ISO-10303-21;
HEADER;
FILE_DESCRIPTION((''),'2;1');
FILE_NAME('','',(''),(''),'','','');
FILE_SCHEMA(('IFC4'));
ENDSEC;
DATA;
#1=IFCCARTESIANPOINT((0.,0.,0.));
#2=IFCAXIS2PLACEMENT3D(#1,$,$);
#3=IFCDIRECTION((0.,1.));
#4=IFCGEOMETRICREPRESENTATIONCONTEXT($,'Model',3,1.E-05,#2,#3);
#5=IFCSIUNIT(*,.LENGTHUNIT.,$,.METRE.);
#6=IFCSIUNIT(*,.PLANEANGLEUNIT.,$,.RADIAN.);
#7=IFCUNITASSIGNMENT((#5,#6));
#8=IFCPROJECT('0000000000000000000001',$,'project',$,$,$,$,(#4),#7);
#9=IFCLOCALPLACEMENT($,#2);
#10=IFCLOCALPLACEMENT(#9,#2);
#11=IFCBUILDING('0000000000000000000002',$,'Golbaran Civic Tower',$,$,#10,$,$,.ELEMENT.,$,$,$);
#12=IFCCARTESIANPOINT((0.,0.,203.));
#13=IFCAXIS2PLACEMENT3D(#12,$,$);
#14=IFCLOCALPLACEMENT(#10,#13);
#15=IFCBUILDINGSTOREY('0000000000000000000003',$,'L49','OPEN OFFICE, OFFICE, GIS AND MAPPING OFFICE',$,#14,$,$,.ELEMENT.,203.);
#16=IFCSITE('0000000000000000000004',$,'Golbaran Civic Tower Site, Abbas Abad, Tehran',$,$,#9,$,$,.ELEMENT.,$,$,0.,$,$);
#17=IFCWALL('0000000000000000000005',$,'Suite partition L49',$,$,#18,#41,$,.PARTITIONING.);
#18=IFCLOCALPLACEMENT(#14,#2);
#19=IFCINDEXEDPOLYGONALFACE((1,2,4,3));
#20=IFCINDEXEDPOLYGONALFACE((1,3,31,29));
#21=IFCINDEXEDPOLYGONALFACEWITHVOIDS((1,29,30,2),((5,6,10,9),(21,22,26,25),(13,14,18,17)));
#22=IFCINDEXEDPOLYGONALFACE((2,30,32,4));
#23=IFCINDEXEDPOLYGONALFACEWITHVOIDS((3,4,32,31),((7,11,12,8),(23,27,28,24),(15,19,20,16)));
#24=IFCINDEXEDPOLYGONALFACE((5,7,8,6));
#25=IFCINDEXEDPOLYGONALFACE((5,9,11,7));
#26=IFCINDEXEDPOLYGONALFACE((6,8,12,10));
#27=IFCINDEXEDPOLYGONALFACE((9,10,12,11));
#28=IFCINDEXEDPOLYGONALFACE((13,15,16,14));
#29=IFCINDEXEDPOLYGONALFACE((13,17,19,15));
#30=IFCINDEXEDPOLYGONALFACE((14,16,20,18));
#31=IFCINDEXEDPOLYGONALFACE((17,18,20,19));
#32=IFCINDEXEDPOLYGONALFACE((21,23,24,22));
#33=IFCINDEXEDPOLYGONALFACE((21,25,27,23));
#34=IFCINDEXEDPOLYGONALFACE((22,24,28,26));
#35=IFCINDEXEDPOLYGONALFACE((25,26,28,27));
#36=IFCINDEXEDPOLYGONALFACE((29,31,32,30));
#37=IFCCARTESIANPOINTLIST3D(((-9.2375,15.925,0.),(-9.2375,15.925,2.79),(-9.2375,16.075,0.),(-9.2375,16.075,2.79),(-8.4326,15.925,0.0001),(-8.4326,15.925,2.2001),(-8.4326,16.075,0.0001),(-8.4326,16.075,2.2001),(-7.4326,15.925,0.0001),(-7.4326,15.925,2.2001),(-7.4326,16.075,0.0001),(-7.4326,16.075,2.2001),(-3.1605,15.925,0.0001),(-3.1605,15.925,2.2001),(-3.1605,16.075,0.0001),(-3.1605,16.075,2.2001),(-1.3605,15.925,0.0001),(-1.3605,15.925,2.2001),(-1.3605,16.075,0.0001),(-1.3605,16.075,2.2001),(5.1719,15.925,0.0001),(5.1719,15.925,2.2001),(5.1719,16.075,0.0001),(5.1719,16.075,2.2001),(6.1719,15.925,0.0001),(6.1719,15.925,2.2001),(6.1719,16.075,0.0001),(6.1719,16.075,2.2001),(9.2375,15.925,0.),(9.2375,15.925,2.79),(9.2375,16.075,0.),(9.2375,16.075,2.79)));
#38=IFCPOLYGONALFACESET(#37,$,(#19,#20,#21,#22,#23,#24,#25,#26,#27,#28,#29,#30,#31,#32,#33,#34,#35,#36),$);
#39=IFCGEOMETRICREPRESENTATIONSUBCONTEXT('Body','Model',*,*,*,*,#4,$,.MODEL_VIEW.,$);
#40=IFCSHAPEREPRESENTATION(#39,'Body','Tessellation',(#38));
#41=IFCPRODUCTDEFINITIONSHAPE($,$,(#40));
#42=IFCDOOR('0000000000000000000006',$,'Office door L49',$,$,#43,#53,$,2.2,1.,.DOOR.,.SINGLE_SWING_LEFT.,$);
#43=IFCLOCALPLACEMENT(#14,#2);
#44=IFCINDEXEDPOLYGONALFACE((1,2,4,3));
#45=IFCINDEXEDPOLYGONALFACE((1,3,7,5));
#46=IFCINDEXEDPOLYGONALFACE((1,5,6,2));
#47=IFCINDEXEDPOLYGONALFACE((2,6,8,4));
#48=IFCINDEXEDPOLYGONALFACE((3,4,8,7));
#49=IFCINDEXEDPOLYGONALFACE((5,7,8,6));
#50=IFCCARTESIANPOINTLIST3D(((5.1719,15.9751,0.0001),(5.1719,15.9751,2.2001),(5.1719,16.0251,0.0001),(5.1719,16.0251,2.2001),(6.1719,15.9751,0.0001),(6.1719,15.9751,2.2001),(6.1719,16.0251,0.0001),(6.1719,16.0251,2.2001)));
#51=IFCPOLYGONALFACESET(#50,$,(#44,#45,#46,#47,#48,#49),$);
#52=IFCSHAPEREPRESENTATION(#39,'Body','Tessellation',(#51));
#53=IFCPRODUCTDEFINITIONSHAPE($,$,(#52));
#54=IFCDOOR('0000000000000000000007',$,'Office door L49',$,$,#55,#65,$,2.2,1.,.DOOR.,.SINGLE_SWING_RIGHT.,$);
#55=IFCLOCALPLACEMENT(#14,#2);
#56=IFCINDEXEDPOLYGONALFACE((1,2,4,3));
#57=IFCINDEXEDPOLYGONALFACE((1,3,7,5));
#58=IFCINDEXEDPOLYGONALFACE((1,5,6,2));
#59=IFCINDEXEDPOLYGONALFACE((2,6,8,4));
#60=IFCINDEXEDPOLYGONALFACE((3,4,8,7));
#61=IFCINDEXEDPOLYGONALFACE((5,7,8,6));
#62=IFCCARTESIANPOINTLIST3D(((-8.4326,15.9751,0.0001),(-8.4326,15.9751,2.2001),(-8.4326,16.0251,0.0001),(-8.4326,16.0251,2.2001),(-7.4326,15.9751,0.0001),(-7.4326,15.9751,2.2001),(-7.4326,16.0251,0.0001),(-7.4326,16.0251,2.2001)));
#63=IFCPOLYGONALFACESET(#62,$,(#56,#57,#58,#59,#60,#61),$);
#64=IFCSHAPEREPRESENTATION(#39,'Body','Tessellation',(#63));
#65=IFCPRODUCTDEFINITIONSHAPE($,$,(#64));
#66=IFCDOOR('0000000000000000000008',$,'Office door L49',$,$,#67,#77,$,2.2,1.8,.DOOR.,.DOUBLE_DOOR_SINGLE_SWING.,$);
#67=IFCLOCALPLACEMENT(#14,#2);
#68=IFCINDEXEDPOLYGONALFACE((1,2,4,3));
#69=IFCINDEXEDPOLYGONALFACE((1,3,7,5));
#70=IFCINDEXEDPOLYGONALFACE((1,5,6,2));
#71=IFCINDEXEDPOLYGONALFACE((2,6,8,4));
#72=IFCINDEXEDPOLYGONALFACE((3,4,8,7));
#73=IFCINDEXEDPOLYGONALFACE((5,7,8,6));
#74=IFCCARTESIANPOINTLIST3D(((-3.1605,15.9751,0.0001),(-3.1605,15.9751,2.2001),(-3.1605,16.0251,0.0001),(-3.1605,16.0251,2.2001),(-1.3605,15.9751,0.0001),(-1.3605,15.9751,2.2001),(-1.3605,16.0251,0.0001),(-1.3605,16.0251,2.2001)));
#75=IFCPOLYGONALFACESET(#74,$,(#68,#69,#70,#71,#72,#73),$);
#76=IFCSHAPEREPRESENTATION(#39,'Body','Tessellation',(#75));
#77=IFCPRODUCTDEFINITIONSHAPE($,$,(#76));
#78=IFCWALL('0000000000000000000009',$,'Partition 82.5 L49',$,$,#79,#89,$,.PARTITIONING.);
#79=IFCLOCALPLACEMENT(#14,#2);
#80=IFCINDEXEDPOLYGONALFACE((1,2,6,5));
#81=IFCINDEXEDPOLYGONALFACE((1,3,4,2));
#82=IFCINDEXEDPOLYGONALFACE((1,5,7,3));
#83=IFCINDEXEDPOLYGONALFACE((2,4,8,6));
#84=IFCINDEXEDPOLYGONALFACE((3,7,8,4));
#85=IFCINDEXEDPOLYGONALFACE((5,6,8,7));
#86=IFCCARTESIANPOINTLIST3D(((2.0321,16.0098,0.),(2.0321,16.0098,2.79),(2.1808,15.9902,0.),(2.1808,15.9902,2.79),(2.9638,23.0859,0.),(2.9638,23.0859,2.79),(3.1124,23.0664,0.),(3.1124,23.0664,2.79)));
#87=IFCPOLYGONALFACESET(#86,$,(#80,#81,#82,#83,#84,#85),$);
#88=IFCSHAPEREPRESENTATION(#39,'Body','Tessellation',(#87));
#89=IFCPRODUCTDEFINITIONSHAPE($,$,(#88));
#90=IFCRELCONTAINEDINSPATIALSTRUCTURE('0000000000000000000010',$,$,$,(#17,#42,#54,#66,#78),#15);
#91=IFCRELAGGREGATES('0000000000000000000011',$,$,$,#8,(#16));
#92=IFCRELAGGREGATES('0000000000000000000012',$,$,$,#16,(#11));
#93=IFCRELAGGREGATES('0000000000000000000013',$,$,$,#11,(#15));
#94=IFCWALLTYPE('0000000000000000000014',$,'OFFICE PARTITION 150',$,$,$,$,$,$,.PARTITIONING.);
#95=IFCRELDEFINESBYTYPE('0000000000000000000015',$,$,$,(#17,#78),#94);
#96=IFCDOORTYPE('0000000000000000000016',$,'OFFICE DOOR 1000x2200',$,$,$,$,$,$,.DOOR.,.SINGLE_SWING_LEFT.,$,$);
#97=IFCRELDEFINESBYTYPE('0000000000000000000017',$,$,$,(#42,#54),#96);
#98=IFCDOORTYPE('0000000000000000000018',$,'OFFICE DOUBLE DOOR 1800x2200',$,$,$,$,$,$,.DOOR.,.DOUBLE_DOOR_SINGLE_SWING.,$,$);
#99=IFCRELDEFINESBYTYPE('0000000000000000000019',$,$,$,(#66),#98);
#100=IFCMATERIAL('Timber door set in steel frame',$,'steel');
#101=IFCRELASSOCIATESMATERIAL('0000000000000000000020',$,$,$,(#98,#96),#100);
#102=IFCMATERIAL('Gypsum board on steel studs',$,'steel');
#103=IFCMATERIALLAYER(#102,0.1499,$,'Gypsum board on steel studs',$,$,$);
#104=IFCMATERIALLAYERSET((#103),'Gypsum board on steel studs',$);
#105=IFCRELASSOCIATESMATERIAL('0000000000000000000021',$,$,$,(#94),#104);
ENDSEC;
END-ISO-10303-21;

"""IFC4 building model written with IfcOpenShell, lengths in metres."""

from ifc_helpers import new_model, si_unit, direction, frame, frame_2d, origin, place, context, subcontext, project, spatial, rectangle, extrude, material, layer, layer_set, type_object, element, fill, save


model = new_model("IFC4")

# Units and contexts
model_context = context("Model", 3, precision=1e-05, world=origin(), true_north=direction((0.0, 1.0)))
body_context = subcontext(model_context, "Body", "Model", "MODEL_VIEW")
ifc_project = project(units=[si_unit("LENGTHUNIT", "METRE"), si_unit("PLANEANGLEUNIT", "RADIAN")], contexts=[model_context])

# Site, building, storey
site_placement = place(None, origin())
site = spatial("IfcSite", under=ifc_project, at=site_placement, Name="Golbaran Civic Tower Site, Abbas Abad, Tehran", CompositionType="ELEMENT", RefElevation=0.0)
building_placement = place(site_placement, origin())
building = spatial("IfcBuilding", under=site, at=building_placement, Name="Golbaran Civic Tower", CompositionType="ELEMENT")
storey_placement = place(building_placement, frame((0.0, 0.0, 203.0)))
storey = spatial("IfcBuildingStorey", under=building, at=storey_placement, Name="L49", Description="OPEN OFFICE, OFFICE, GIS AND MAPPING OFFICE", CompositionType="ELEMENT", Elevation=203.0)

# Shared definitions
ifc_material_1 = material(Name="Timber door set in steel frame", Category="steel")
door_type_1 = type_object("IfcDoorType", Name="OFFICE DOUBLE DOOR 1800x2200", OperationType="DOUBLE_DOOR_SINGLE_SWING", PredefinedType="DOOR", material=ifc_material_1)

# Shared definitions
ifc_material_2 = material(Name="Gypsum board on steel studs", Category="steel")
ifc_layer_1 = layer(ifc_material_2, 0.1499, Name="Gypsum board on steel studs")
ifc_layer_set_1 = layer_set([ifc_layer_1], Name="Gypsum board on steel studs")
wall_type_1 = type_object("IfcWallType", Name="OFFICE PARTITION 150", PredefinedType="PARTITIONING", material=ifc_layer_set_1)

# Wall, openings, doors
wall_1_placement = place(storey_placement, frame((9.2375, 16.0, 0.0), z_axis=(0.0, 0.0, 1.0), x_axis=(-1.0, 0.0, 0.0)))
wall_1 = element("IfcWall", 1, at=wall_1_placement, inside=storey, type_object=wall_type_1, Name="Suite partition L49", PredefinedType="PARTITIONING", context=body_context, shape_type="SweptSolid", body=[
    extrude(rectangle(XDim=18.4751, YDim=0.1499, at=frame_2d((9.2375, 0.0))), origin(), (0.0, 0.0, 1.0), 2.79),
])
opening_1_placement = place(wall_1_placement, frame((3.0657, 0.0, 0.0)))
opening_1 = element("IfcOpeningElement", 2, at=opening_1_placement, cuts=wall_1, PredefinedType="OPENING", context=body_context, shape_type="SweptSolid", body=[
    extrude(rectangle(XDim=1.0, YDim=2.2, at=frame_2d((0.5, 1.1001))), frame((0.0, 0.085, 0.0), z_axis=(0.0, -1.0, 0.0), x_axis=(1.0, 0.0, 0.0)), (0.0, 0.0, 1.0), 0.1699),
])
opening_2_placement = place(wall_1_placement, frame((10.5981, 0.0, 0.0)))
opening_2 = element("IfcOpeningElement", 3, at=opening_2_placement, cuts=wall_1, PredefinedType="OPENING", context=body_context, shape_type="SweptSolid", body=[
    extrude(rectangle(XDim=1.8, YDim=2.2, at=frame_2d((0.8999, 1.1001))), frame((0.0, 0.085, 0.0), z_axis=(0.0, -1.0, 0.0), x_axis=(1.0, 0.0, 0.0)), (0.0, 0.0, 1.0), 0.1699),
])
opening_3_placement = place(wall_1_placement, frame((16.6702, 0.0, 0.0)))
opening_3 = element("IfcOpeningElement", 4, at=opening_3_placement, cuts=wall_1, PredefinedType="OPENING", context=body_context, shape_type="SweptSolid", body=[
    extrude(rectangle(XDim=1.0, YDim=2.2, at=frame_2d((0.5, 1.1001))), frame((0.0, 0.085, 0.0), z_axis=(0.0, -1.0, 0.0), x_axis=(1.0, 0.0, 0.0)), (0.0, 0.0, 1.0), 0.1699),
])
door_type_2 = type_object("IfcDoorType", Name="OFFICE DOOR 1000x2200", OperationType="SINGLE_SWING_LEFT", PredefinedType="DOOR", material=ifc_material_1)
door_1_placement = place(opening_1_placement, origin())
door_1 = element("IfcDoor", 5, at=door_1_placement, inside=storey, type_object=door_type_2, Name="Office door L49", OperationType="SINGLE_SWING_LEFT", OverallHeight=2.2, OverallWidth=1.0, PredefinedType="DOOR", context=body_context, shape_type="SweptSolid", body=[
    extrude(rectangle(XDim=1.0, YDim=2.2, at=frame_2d((0.5, 1.1001))), frame((0.0, 0.0249, 0.0), z_axis=(0.0, -1.0, 0.0), x_axis=(1.0, 0.0, 0.0)), (0.0, 0.0, 1.0), 0.05),
])
fill(opening_1, door_1)
door_2_placement = place(opening_3_placement, origin())
door_2 = element("IfcDoor", 6, at=door_2_placement, inside=storey, type_object=door_type_2, Name="Office door L49", OperationType="SINGLE_SWING_RIGHT", OverallHeight=2.2, OverallWidth=1.0, PredefinedType="DOOR", context=body_context, shape_type="SweptSolid", body=[
    extrude(rectangle(XDim=1.0, YDim=2.2, at=frame_2d((0.5, 1.1001))), frame((0.0, 0.0249, 0.0), z_axis=(0.0, -1.0, 0.0), x_axis=(1.0, 0.0, 0.0)), (0.0, 0.0, 1.0), 0.05),
])
fill(opening_3, door_2)
door_3_placement = place(opening_2_placement, origin())
door_3 = element("IfcDoor", 7, at=door_3_placement, inside=storey, type_object=door_type_1, Name="Office door L49", OperationType="DOUBLE_DOOR_SINGLE_SWING", OverallHeight=2.2, OverallWidth=1.8, PredefinedType="DOOR", context=body_context, shape_type="SweptSolid", body=[
    extrude(rectangle(XDim=1.8, YDim=2.2, at=frame_2d((0.8999, 1.1001))), frame((0.0, 0.0249, 0.0), z_axis=(0.0, -1.0, 0.0), x_axis=(1.0, 0.0, 0.0)), (0.0, 0.0, 1.0), 0.05),
])
fill(opening_2, door_3)

# Wall
wall_2_placement = place(storey_placement, frame((2.1064, 16.0, 0.0), z_axis=(0.0, 0.0, 1.0), x_axis=(0.130532, 0.991444, 0.0)))
element("IfcWall", 8, at=wall_2_placement, inside=storey, type_object=wall_type_1, Name="Partition 82.5 L49", PredefinedType="PARTITIONING", context=body_context, shape_type="SweptSolid", body=[
    extrude(rectangle(XDim=7.1372, YDim=0.1499, at=frame_2d((3.5686, 0.0))), origin(), (0.0, 0.0, 1.0), 2.79),
])

save(model, "model.ifc")
